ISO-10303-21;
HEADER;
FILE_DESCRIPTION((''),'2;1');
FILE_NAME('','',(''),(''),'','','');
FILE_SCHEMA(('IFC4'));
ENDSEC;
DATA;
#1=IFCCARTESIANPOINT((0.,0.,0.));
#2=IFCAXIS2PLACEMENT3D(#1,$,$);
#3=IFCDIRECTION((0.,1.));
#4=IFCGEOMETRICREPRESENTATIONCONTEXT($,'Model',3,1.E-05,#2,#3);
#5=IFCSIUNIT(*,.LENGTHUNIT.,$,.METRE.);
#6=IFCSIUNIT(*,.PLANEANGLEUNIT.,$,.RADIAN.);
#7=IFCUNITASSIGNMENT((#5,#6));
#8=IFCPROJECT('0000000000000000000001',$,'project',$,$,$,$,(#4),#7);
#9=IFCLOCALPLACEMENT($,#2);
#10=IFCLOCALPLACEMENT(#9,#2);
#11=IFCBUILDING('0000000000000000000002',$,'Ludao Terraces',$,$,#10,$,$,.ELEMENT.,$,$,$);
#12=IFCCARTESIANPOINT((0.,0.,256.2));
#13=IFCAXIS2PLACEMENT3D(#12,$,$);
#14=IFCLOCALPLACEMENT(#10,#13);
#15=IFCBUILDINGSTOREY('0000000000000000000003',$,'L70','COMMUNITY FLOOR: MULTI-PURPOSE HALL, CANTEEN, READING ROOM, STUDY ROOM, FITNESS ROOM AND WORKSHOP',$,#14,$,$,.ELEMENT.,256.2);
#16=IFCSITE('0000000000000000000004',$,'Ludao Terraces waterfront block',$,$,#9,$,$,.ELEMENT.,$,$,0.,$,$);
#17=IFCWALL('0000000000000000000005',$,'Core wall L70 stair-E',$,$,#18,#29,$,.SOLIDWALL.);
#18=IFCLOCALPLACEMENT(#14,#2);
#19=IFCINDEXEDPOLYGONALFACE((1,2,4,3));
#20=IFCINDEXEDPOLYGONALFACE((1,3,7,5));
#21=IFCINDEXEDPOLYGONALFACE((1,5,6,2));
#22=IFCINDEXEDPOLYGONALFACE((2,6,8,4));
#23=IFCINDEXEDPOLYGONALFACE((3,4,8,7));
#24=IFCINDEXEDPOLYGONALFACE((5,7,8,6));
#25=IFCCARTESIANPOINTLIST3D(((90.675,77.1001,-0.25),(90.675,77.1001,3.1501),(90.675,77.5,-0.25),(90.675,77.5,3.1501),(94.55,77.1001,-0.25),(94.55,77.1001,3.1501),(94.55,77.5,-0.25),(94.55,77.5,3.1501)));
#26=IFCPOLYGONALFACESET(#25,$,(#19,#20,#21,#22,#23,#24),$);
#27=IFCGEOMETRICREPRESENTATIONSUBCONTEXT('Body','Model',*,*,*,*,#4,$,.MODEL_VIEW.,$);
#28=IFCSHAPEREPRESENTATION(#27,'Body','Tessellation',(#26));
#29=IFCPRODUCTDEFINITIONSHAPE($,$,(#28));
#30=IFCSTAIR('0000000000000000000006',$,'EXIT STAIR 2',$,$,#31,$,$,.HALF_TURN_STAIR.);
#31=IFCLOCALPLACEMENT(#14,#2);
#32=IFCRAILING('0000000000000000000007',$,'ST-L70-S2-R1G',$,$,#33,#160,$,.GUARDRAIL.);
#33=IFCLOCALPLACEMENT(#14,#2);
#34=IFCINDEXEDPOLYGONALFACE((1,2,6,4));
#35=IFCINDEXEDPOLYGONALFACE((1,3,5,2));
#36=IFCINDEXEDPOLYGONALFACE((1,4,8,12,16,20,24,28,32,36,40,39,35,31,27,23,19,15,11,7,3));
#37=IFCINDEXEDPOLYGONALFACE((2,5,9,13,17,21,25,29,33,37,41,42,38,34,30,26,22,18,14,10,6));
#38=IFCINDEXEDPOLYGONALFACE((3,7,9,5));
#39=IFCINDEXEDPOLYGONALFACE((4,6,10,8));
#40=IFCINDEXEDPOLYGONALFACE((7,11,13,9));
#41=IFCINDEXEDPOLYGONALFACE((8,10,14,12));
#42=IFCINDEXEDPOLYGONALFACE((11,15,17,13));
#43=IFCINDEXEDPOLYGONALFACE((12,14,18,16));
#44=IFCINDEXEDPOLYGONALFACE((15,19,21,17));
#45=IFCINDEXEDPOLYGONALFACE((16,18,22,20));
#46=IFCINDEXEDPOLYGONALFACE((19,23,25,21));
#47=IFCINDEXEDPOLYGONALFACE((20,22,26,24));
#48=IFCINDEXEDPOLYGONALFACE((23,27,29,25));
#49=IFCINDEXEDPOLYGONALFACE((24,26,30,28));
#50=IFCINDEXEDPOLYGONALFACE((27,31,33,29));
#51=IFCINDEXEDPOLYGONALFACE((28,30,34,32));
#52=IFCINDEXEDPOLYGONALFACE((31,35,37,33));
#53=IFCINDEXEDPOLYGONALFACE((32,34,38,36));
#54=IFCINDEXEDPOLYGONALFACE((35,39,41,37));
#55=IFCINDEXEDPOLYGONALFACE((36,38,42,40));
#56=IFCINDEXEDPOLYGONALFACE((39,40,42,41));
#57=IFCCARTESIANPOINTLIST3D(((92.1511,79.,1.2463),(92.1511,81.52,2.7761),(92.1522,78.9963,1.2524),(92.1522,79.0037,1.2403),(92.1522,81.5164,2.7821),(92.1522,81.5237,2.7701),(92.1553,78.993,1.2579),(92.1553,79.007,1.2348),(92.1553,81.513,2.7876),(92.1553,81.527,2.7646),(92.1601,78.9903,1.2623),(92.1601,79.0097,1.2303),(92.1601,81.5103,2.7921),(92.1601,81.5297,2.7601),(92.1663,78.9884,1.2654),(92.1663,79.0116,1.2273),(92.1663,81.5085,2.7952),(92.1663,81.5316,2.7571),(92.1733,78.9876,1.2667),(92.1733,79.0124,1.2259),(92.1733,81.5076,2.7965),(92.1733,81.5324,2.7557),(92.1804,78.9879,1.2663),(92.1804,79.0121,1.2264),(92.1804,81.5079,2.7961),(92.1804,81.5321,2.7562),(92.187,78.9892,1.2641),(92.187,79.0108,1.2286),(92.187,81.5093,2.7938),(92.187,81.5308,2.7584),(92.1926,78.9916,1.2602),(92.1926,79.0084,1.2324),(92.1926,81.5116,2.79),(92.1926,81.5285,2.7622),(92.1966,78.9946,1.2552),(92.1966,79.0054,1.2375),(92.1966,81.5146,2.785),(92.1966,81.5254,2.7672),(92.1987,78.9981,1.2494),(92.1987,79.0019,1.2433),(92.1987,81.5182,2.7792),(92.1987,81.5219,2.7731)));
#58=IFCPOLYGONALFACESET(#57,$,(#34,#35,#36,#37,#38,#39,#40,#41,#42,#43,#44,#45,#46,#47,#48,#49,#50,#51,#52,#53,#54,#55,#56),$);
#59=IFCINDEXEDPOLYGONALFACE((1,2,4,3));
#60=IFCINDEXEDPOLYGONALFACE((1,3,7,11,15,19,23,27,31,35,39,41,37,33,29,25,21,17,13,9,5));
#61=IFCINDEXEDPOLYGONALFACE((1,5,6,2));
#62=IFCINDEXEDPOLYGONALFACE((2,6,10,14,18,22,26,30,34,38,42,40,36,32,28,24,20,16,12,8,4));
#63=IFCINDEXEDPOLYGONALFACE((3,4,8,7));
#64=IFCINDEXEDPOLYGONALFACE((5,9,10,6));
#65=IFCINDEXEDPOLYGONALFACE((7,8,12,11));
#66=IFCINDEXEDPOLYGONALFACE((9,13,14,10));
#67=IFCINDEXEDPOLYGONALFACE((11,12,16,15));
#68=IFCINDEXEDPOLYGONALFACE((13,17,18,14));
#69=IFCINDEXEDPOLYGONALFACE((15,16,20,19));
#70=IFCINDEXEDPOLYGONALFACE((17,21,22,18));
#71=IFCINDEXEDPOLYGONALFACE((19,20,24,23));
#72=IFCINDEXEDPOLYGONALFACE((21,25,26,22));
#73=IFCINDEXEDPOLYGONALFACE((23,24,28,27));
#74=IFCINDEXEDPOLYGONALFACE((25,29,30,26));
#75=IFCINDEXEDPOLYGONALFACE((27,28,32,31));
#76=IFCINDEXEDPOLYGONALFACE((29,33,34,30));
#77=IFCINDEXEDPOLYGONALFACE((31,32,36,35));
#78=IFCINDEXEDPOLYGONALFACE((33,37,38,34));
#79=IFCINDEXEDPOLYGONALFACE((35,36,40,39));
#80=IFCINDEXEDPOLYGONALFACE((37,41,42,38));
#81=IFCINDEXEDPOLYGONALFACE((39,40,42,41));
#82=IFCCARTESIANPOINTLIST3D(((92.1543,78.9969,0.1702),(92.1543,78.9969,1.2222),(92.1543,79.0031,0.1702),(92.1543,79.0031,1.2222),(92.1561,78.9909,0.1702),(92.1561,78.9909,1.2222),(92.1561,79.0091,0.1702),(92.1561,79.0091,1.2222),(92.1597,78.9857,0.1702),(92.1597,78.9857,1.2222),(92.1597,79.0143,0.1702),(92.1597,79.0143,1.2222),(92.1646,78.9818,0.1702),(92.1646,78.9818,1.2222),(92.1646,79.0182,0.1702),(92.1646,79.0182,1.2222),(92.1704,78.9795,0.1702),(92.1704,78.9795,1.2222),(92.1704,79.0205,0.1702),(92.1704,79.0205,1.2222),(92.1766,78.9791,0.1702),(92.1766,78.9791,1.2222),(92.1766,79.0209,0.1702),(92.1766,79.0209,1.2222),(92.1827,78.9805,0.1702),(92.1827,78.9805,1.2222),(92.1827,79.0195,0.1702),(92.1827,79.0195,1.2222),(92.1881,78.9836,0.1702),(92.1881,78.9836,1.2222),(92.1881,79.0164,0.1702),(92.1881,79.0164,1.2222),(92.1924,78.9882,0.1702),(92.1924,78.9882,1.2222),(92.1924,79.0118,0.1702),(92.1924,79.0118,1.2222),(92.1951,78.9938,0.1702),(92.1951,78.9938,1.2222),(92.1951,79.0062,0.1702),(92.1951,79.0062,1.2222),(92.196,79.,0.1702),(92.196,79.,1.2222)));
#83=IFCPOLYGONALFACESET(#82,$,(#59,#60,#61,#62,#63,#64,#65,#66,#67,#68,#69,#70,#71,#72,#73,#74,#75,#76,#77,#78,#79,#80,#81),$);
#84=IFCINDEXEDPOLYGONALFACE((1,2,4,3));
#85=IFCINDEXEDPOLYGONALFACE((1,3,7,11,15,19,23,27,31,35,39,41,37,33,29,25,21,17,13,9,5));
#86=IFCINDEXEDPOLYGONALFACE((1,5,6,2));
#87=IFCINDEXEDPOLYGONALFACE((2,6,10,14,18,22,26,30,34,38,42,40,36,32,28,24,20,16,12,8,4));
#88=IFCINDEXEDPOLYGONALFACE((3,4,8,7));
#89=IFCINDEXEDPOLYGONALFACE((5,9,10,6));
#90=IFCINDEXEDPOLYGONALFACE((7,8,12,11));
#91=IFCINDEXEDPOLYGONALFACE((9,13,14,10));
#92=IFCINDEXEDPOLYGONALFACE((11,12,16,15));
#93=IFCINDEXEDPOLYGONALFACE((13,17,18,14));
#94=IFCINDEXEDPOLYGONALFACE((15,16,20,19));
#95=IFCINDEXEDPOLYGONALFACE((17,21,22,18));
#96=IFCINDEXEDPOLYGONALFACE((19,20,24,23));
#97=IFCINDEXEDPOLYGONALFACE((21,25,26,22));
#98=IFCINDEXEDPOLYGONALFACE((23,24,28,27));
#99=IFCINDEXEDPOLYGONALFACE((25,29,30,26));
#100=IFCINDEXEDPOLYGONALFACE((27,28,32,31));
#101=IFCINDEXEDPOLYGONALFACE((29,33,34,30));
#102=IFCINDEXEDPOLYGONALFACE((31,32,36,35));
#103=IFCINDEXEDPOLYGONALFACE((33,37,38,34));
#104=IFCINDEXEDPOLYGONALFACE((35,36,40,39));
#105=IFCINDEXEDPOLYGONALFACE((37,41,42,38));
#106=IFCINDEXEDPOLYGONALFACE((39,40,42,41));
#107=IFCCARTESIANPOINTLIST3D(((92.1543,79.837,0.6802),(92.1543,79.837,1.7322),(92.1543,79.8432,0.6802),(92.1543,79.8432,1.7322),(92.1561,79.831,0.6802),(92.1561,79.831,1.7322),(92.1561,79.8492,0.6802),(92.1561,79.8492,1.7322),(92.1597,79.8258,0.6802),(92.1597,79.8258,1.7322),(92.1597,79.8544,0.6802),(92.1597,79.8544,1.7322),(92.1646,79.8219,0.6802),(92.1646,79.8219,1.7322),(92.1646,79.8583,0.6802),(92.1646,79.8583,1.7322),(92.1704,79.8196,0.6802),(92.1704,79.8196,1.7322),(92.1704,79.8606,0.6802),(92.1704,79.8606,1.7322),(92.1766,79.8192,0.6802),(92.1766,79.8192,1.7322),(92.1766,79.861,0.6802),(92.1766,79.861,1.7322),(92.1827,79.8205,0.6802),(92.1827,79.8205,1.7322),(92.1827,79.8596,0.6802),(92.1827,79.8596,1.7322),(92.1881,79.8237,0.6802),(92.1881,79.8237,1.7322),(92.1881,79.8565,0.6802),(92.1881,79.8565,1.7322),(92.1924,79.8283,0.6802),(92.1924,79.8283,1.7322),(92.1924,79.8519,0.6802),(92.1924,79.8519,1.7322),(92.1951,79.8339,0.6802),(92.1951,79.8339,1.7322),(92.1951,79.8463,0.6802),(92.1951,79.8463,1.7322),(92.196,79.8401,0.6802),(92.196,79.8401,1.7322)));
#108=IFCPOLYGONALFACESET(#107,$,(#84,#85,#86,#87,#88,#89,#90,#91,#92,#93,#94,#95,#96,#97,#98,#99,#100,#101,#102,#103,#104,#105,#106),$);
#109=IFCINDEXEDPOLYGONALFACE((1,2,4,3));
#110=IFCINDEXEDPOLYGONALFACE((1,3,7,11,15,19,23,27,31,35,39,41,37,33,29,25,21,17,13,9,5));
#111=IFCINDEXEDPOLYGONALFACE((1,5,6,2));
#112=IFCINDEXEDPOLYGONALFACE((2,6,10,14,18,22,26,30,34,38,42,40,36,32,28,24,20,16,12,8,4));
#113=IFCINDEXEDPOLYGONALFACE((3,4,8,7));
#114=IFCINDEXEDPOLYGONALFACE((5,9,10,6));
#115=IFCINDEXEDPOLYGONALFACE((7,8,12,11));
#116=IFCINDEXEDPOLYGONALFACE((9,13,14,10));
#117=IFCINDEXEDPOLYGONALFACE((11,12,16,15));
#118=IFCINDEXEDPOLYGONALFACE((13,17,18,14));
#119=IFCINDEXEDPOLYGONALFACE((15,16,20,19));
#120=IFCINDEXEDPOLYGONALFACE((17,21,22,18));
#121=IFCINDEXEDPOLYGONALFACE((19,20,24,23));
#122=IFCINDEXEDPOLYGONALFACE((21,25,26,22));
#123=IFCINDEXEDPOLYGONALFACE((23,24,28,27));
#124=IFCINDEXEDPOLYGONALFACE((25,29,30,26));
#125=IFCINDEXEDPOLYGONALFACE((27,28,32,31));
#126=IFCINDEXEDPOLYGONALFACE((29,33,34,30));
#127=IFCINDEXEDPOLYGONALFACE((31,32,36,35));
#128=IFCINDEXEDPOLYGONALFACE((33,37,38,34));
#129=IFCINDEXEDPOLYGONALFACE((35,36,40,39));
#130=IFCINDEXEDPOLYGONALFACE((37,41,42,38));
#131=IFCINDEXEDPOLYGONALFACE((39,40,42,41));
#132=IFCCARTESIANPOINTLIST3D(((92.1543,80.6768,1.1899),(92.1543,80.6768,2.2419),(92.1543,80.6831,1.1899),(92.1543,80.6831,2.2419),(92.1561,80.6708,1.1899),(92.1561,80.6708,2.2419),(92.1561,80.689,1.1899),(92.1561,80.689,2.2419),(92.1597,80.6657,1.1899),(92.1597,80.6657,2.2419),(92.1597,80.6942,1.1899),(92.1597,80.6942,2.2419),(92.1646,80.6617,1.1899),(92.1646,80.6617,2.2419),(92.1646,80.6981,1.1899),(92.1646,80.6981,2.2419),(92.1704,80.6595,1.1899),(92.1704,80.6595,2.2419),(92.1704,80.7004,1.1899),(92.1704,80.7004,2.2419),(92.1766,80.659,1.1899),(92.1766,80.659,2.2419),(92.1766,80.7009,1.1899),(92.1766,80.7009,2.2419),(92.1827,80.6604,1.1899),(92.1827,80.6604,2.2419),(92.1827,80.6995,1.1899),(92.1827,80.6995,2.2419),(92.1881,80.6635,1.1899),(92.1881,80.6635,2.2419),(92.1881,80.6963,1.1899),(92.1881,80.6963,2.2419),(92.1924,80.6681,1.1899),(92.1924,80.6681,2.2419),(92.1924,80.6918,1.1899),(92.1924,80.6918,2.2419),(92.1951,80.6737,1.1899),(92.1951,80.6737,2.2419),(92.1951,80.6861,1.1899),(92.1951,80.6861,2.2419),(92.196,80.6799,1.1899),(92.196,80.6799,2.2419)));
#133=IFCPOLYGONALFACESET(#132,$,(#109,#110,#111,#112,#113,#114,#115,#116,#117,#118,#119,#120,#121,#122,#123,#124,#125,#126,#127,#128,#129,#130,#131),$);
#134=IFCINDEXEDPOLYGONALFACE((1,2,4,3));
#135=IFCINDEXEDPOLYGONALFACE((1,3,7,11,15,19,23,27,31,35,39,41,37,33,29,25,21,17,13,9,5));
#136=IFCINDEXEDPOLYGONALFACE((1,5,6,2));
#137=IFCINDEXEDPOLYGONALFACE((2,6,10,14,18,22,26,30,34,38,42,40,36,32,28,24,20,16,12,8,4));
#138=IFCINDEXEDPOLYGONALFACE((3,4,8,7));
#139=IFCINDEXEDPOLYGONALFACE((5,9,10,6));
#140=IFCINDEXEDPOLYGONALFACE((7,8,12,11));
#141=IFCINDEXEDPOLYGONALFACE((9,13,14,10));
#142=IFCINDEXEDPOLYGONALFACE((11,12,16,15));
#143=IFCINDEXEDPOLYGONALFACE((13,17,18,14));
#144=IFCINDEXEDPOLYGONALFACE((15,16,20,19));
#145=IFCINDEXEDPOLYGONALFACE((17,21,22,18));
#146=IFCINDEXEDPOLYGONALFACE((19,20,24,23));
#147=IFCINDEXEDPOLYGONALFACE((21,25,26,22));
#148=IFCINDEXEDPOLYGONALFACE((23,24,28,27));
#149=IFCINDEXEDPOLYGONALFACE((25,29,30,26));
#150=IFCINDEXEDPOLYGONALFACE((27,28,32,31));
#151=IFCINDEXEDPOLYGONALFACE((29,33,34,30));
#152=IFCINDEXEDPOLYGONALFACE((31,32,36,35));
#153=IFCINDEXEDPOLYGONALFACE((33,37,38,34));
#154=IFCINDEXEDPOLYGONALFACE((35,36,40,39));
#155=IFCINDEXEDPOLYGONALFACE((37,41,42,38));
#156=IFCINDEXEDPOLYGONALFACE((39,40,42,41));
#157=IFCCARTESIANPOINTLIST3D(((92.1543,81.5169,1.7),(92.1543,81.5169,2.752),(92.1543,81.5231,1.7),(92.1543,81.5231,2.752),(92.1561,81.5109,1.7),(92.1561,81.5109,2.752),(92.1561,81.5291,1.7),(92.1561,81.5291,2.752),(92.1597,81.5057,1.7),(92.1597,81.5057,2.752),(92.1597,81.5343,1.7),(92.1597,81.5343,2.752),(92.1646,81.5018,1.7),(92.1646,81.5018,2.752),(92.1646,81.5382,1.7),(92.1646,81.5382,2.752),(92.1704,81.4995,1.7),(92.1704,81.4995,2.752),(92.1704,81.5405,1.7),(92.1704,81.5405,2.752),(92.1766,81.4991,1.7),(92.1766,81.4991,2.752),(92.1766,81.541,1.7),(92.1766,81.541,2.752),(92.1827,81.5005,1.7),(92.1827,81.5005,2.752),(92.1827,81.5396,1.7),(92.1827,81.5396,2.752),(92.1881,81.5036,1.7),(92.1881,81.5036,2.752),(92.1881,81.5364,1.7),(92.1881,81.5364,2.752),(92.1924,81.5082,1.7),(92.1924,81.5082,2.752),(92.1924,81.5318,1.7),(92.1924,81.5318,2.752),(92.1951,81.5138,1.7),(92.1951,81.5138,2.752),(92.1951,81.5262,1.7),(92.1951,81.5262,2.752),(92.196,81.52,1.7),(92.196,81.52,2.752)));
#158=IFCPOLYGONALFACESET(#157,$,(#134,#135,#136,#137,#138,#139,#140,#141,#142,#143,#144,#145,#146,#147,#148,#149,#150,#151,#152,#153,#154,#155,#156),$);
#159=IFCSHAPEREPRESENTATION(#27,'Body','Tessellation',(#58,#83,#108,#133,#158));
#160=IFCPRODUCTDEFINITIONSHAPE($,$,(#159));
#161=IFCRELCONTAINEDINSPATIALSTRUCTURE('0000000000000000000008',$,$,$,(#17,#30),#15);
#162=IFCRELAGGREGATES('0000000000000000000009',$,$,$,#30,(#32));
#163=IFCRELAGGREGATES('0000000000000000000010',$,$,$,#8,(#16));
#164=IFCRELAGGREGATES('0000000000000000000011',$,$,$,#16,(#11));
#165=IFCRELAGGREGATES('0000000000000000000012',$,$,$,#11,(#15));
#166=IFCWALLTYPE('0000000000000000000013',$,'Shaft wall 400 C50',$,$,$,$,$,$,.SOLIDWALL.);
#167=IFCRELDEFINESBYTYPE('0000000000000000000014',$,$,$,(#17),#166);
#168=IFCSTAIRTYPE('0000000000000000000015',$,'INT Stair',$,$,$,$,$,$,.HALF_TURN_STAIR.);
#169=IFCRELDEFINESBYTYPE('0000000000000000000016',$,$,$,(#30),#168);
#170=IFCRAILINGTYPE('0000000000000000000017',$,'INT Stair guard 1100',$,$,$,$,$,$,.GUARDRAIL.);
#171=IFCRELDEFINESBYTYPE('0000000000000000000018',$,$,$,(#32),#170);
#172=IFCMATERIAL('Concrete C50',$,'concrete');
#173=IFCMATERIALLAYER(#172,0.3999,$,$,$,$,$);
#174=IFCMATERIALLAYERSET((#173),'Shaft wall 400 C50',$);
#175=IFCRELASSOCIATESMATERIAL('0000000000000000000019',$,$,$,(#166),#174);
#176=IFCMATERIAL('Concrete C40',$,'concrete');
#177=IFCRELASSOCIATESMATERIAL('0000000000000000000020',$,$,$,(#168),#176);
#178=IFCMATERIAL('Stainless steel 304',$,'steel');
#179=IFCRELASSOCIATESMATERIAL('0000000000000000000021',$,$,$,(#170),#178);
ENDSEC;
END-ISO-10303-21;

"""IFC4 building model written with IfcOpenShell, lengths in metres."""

from ifc_helpers import new_model, si_unit, direction, frame, frame_2d, origin, origin_2d, place, context, subcontext, project, spatial, rectangle, circle, extrude, material, layer, layer_set, type_object, element, aggregate, save


model = new_model("IFC4")

# Units and contexts
model_context = context("Model", 3, precision=1e-05, world=origin(), true_north=direction((0.0, 1.0)))
body_context = subcontext(model_context, "Body", "Model", "MODEL_VIEW")
ifc_project = project(units=[si_unit("LENGTHUNIT", "METRE"), si_unit("PLANEANGLEUNIT", "RADIAN")], contexts=[model_context])

# Site, building, storey
site_placement = place(None, origin())
site = spatial("IfcSite", under=ifc_project, at=site_placement, Name="Ludao Terraces waterfront block", CompositionType="ELEMENT", RefElevation=0.0)
building_placement = place(site_placement, origin())
building = spatial("IfcBuilding", under=site, at=building_placement, Name="Ludao Terraces", CompositionType="ELEMENT")
storey_placement = place(building_placement, frame((0.0, 0.0, 256.2)))
storey = spatial("IfcBuildingStorey", under=building, at=storey_placement, Name="L70", Description="COMMUNITY FLOOR: MULTI-PURPOSE HALL, CANTEEN, READING ROOM, STUDY ROOM, FITNESS ROOM AND WORKSHOP", CompositionType="ELEMENT", Elevation=256.2)

# Shared definitions
ifc_material_1 = material(Name="Concrete C40", Category="concrete")

# Shared definitions
ifc_material_2 = material(Name="Concrete C50", Category="concrete")

# Shared definitions
ifc_material_3 = material(Name="Stainless steel 304", Category="steel")

# Wall
ifc_layer_1 = layer(ifc_material_2, 0.3999)
ifc_layer_set_1 = layer_set([ifc_layer_1], Name="Shaft wall 400 C50")
wall_type_1 = type_object("IfcWallType", Name="Shaft wall 400 C50", PredefinedType="SOLIDWALL", material=ifc_layer_set_1)
wall_1_placement = place(storey_placement, frame((90.675, 77.3, -0.25), z_axis=(0.0, 0.0, 1.0), x_axis=(1.0, 0.0, 0.0)))
element("IfcWall", 1, at=wall_1_placement, inside=storey, type_object=wall_type_1, Name="Core wall L70 stair-E", PredefinedType="SOLIDWALL", context=body_context, shape_type="SweptSolid", body=[
    extrude(rectangle(XDim=3.875, YDim=0.3999, at=frame_2d((1.9375, 0.0))), origin(), (0.0, 0.0, 1.0), 3.4001),
])

# Stair, railing
stair_type = type_object("IfcStairType", Name="INT Stair", PredefinedType="HALF_TURN_STAIR", material=ifc_material_1)
stair_placement = place(storey_placement, origin())
stair = element("IfcStair", 2, at=stair_placement, inside=storey, type_object=stair_type, Name="EXIT STAIR 2", PredefinedType="HALF_TURN_STAIR")
railing_type_1 = type_object("IfcRailingType", Name="INT Stair guard 1100", PredefinedType="GUARDRAIL", material=ifc_material_3)
railing_1_placement = place(storey_placement, frame((92.175, 79.0, 0.1702)))
railing_1 = element("IfcRailing", 3, at=railing_1_placement, type_object=railing_type_1, Name="ST-L70-S2-R1G", PredefinedType="GUARDRAIL", context=body_context, shape_type="SweptSolid", body=[
    extrude(circle(Radius=0.0239, at=origin_2d()), frame((0.0, 0.0, 1.0762), z_axis=(0.0, 0.854822, 0.518922), x_axis=(-1.0, 0.0, 0.0)), (0.0, 0.0, 1.0), 2.948),
    extrude(circle(Radius=0.021, at=origin_2d()), origin(), (0.0, 0.0, 1.0), 1.052),
    extrude(circle(Radius=0.021, at=origin_2d()), frame((0.0, 0.8401, 0.51)), (0.0, 0.0, 1.0), 1.052),
    extrude(circle(Radius=0.021, at=origin_2d()), frame((0.0, 1.6799, 1.0198)), (0.0, 0.0, 1.0), 1.052),
    extrude(circle(Radius=0.021, at=origin_2d()), frame((0.0, 2.52, 1.5298)), (0.0, 0.0, 1.0), 1.052),
])
aggregate(stair, [railing_1])

save(model, "model.ifc")
